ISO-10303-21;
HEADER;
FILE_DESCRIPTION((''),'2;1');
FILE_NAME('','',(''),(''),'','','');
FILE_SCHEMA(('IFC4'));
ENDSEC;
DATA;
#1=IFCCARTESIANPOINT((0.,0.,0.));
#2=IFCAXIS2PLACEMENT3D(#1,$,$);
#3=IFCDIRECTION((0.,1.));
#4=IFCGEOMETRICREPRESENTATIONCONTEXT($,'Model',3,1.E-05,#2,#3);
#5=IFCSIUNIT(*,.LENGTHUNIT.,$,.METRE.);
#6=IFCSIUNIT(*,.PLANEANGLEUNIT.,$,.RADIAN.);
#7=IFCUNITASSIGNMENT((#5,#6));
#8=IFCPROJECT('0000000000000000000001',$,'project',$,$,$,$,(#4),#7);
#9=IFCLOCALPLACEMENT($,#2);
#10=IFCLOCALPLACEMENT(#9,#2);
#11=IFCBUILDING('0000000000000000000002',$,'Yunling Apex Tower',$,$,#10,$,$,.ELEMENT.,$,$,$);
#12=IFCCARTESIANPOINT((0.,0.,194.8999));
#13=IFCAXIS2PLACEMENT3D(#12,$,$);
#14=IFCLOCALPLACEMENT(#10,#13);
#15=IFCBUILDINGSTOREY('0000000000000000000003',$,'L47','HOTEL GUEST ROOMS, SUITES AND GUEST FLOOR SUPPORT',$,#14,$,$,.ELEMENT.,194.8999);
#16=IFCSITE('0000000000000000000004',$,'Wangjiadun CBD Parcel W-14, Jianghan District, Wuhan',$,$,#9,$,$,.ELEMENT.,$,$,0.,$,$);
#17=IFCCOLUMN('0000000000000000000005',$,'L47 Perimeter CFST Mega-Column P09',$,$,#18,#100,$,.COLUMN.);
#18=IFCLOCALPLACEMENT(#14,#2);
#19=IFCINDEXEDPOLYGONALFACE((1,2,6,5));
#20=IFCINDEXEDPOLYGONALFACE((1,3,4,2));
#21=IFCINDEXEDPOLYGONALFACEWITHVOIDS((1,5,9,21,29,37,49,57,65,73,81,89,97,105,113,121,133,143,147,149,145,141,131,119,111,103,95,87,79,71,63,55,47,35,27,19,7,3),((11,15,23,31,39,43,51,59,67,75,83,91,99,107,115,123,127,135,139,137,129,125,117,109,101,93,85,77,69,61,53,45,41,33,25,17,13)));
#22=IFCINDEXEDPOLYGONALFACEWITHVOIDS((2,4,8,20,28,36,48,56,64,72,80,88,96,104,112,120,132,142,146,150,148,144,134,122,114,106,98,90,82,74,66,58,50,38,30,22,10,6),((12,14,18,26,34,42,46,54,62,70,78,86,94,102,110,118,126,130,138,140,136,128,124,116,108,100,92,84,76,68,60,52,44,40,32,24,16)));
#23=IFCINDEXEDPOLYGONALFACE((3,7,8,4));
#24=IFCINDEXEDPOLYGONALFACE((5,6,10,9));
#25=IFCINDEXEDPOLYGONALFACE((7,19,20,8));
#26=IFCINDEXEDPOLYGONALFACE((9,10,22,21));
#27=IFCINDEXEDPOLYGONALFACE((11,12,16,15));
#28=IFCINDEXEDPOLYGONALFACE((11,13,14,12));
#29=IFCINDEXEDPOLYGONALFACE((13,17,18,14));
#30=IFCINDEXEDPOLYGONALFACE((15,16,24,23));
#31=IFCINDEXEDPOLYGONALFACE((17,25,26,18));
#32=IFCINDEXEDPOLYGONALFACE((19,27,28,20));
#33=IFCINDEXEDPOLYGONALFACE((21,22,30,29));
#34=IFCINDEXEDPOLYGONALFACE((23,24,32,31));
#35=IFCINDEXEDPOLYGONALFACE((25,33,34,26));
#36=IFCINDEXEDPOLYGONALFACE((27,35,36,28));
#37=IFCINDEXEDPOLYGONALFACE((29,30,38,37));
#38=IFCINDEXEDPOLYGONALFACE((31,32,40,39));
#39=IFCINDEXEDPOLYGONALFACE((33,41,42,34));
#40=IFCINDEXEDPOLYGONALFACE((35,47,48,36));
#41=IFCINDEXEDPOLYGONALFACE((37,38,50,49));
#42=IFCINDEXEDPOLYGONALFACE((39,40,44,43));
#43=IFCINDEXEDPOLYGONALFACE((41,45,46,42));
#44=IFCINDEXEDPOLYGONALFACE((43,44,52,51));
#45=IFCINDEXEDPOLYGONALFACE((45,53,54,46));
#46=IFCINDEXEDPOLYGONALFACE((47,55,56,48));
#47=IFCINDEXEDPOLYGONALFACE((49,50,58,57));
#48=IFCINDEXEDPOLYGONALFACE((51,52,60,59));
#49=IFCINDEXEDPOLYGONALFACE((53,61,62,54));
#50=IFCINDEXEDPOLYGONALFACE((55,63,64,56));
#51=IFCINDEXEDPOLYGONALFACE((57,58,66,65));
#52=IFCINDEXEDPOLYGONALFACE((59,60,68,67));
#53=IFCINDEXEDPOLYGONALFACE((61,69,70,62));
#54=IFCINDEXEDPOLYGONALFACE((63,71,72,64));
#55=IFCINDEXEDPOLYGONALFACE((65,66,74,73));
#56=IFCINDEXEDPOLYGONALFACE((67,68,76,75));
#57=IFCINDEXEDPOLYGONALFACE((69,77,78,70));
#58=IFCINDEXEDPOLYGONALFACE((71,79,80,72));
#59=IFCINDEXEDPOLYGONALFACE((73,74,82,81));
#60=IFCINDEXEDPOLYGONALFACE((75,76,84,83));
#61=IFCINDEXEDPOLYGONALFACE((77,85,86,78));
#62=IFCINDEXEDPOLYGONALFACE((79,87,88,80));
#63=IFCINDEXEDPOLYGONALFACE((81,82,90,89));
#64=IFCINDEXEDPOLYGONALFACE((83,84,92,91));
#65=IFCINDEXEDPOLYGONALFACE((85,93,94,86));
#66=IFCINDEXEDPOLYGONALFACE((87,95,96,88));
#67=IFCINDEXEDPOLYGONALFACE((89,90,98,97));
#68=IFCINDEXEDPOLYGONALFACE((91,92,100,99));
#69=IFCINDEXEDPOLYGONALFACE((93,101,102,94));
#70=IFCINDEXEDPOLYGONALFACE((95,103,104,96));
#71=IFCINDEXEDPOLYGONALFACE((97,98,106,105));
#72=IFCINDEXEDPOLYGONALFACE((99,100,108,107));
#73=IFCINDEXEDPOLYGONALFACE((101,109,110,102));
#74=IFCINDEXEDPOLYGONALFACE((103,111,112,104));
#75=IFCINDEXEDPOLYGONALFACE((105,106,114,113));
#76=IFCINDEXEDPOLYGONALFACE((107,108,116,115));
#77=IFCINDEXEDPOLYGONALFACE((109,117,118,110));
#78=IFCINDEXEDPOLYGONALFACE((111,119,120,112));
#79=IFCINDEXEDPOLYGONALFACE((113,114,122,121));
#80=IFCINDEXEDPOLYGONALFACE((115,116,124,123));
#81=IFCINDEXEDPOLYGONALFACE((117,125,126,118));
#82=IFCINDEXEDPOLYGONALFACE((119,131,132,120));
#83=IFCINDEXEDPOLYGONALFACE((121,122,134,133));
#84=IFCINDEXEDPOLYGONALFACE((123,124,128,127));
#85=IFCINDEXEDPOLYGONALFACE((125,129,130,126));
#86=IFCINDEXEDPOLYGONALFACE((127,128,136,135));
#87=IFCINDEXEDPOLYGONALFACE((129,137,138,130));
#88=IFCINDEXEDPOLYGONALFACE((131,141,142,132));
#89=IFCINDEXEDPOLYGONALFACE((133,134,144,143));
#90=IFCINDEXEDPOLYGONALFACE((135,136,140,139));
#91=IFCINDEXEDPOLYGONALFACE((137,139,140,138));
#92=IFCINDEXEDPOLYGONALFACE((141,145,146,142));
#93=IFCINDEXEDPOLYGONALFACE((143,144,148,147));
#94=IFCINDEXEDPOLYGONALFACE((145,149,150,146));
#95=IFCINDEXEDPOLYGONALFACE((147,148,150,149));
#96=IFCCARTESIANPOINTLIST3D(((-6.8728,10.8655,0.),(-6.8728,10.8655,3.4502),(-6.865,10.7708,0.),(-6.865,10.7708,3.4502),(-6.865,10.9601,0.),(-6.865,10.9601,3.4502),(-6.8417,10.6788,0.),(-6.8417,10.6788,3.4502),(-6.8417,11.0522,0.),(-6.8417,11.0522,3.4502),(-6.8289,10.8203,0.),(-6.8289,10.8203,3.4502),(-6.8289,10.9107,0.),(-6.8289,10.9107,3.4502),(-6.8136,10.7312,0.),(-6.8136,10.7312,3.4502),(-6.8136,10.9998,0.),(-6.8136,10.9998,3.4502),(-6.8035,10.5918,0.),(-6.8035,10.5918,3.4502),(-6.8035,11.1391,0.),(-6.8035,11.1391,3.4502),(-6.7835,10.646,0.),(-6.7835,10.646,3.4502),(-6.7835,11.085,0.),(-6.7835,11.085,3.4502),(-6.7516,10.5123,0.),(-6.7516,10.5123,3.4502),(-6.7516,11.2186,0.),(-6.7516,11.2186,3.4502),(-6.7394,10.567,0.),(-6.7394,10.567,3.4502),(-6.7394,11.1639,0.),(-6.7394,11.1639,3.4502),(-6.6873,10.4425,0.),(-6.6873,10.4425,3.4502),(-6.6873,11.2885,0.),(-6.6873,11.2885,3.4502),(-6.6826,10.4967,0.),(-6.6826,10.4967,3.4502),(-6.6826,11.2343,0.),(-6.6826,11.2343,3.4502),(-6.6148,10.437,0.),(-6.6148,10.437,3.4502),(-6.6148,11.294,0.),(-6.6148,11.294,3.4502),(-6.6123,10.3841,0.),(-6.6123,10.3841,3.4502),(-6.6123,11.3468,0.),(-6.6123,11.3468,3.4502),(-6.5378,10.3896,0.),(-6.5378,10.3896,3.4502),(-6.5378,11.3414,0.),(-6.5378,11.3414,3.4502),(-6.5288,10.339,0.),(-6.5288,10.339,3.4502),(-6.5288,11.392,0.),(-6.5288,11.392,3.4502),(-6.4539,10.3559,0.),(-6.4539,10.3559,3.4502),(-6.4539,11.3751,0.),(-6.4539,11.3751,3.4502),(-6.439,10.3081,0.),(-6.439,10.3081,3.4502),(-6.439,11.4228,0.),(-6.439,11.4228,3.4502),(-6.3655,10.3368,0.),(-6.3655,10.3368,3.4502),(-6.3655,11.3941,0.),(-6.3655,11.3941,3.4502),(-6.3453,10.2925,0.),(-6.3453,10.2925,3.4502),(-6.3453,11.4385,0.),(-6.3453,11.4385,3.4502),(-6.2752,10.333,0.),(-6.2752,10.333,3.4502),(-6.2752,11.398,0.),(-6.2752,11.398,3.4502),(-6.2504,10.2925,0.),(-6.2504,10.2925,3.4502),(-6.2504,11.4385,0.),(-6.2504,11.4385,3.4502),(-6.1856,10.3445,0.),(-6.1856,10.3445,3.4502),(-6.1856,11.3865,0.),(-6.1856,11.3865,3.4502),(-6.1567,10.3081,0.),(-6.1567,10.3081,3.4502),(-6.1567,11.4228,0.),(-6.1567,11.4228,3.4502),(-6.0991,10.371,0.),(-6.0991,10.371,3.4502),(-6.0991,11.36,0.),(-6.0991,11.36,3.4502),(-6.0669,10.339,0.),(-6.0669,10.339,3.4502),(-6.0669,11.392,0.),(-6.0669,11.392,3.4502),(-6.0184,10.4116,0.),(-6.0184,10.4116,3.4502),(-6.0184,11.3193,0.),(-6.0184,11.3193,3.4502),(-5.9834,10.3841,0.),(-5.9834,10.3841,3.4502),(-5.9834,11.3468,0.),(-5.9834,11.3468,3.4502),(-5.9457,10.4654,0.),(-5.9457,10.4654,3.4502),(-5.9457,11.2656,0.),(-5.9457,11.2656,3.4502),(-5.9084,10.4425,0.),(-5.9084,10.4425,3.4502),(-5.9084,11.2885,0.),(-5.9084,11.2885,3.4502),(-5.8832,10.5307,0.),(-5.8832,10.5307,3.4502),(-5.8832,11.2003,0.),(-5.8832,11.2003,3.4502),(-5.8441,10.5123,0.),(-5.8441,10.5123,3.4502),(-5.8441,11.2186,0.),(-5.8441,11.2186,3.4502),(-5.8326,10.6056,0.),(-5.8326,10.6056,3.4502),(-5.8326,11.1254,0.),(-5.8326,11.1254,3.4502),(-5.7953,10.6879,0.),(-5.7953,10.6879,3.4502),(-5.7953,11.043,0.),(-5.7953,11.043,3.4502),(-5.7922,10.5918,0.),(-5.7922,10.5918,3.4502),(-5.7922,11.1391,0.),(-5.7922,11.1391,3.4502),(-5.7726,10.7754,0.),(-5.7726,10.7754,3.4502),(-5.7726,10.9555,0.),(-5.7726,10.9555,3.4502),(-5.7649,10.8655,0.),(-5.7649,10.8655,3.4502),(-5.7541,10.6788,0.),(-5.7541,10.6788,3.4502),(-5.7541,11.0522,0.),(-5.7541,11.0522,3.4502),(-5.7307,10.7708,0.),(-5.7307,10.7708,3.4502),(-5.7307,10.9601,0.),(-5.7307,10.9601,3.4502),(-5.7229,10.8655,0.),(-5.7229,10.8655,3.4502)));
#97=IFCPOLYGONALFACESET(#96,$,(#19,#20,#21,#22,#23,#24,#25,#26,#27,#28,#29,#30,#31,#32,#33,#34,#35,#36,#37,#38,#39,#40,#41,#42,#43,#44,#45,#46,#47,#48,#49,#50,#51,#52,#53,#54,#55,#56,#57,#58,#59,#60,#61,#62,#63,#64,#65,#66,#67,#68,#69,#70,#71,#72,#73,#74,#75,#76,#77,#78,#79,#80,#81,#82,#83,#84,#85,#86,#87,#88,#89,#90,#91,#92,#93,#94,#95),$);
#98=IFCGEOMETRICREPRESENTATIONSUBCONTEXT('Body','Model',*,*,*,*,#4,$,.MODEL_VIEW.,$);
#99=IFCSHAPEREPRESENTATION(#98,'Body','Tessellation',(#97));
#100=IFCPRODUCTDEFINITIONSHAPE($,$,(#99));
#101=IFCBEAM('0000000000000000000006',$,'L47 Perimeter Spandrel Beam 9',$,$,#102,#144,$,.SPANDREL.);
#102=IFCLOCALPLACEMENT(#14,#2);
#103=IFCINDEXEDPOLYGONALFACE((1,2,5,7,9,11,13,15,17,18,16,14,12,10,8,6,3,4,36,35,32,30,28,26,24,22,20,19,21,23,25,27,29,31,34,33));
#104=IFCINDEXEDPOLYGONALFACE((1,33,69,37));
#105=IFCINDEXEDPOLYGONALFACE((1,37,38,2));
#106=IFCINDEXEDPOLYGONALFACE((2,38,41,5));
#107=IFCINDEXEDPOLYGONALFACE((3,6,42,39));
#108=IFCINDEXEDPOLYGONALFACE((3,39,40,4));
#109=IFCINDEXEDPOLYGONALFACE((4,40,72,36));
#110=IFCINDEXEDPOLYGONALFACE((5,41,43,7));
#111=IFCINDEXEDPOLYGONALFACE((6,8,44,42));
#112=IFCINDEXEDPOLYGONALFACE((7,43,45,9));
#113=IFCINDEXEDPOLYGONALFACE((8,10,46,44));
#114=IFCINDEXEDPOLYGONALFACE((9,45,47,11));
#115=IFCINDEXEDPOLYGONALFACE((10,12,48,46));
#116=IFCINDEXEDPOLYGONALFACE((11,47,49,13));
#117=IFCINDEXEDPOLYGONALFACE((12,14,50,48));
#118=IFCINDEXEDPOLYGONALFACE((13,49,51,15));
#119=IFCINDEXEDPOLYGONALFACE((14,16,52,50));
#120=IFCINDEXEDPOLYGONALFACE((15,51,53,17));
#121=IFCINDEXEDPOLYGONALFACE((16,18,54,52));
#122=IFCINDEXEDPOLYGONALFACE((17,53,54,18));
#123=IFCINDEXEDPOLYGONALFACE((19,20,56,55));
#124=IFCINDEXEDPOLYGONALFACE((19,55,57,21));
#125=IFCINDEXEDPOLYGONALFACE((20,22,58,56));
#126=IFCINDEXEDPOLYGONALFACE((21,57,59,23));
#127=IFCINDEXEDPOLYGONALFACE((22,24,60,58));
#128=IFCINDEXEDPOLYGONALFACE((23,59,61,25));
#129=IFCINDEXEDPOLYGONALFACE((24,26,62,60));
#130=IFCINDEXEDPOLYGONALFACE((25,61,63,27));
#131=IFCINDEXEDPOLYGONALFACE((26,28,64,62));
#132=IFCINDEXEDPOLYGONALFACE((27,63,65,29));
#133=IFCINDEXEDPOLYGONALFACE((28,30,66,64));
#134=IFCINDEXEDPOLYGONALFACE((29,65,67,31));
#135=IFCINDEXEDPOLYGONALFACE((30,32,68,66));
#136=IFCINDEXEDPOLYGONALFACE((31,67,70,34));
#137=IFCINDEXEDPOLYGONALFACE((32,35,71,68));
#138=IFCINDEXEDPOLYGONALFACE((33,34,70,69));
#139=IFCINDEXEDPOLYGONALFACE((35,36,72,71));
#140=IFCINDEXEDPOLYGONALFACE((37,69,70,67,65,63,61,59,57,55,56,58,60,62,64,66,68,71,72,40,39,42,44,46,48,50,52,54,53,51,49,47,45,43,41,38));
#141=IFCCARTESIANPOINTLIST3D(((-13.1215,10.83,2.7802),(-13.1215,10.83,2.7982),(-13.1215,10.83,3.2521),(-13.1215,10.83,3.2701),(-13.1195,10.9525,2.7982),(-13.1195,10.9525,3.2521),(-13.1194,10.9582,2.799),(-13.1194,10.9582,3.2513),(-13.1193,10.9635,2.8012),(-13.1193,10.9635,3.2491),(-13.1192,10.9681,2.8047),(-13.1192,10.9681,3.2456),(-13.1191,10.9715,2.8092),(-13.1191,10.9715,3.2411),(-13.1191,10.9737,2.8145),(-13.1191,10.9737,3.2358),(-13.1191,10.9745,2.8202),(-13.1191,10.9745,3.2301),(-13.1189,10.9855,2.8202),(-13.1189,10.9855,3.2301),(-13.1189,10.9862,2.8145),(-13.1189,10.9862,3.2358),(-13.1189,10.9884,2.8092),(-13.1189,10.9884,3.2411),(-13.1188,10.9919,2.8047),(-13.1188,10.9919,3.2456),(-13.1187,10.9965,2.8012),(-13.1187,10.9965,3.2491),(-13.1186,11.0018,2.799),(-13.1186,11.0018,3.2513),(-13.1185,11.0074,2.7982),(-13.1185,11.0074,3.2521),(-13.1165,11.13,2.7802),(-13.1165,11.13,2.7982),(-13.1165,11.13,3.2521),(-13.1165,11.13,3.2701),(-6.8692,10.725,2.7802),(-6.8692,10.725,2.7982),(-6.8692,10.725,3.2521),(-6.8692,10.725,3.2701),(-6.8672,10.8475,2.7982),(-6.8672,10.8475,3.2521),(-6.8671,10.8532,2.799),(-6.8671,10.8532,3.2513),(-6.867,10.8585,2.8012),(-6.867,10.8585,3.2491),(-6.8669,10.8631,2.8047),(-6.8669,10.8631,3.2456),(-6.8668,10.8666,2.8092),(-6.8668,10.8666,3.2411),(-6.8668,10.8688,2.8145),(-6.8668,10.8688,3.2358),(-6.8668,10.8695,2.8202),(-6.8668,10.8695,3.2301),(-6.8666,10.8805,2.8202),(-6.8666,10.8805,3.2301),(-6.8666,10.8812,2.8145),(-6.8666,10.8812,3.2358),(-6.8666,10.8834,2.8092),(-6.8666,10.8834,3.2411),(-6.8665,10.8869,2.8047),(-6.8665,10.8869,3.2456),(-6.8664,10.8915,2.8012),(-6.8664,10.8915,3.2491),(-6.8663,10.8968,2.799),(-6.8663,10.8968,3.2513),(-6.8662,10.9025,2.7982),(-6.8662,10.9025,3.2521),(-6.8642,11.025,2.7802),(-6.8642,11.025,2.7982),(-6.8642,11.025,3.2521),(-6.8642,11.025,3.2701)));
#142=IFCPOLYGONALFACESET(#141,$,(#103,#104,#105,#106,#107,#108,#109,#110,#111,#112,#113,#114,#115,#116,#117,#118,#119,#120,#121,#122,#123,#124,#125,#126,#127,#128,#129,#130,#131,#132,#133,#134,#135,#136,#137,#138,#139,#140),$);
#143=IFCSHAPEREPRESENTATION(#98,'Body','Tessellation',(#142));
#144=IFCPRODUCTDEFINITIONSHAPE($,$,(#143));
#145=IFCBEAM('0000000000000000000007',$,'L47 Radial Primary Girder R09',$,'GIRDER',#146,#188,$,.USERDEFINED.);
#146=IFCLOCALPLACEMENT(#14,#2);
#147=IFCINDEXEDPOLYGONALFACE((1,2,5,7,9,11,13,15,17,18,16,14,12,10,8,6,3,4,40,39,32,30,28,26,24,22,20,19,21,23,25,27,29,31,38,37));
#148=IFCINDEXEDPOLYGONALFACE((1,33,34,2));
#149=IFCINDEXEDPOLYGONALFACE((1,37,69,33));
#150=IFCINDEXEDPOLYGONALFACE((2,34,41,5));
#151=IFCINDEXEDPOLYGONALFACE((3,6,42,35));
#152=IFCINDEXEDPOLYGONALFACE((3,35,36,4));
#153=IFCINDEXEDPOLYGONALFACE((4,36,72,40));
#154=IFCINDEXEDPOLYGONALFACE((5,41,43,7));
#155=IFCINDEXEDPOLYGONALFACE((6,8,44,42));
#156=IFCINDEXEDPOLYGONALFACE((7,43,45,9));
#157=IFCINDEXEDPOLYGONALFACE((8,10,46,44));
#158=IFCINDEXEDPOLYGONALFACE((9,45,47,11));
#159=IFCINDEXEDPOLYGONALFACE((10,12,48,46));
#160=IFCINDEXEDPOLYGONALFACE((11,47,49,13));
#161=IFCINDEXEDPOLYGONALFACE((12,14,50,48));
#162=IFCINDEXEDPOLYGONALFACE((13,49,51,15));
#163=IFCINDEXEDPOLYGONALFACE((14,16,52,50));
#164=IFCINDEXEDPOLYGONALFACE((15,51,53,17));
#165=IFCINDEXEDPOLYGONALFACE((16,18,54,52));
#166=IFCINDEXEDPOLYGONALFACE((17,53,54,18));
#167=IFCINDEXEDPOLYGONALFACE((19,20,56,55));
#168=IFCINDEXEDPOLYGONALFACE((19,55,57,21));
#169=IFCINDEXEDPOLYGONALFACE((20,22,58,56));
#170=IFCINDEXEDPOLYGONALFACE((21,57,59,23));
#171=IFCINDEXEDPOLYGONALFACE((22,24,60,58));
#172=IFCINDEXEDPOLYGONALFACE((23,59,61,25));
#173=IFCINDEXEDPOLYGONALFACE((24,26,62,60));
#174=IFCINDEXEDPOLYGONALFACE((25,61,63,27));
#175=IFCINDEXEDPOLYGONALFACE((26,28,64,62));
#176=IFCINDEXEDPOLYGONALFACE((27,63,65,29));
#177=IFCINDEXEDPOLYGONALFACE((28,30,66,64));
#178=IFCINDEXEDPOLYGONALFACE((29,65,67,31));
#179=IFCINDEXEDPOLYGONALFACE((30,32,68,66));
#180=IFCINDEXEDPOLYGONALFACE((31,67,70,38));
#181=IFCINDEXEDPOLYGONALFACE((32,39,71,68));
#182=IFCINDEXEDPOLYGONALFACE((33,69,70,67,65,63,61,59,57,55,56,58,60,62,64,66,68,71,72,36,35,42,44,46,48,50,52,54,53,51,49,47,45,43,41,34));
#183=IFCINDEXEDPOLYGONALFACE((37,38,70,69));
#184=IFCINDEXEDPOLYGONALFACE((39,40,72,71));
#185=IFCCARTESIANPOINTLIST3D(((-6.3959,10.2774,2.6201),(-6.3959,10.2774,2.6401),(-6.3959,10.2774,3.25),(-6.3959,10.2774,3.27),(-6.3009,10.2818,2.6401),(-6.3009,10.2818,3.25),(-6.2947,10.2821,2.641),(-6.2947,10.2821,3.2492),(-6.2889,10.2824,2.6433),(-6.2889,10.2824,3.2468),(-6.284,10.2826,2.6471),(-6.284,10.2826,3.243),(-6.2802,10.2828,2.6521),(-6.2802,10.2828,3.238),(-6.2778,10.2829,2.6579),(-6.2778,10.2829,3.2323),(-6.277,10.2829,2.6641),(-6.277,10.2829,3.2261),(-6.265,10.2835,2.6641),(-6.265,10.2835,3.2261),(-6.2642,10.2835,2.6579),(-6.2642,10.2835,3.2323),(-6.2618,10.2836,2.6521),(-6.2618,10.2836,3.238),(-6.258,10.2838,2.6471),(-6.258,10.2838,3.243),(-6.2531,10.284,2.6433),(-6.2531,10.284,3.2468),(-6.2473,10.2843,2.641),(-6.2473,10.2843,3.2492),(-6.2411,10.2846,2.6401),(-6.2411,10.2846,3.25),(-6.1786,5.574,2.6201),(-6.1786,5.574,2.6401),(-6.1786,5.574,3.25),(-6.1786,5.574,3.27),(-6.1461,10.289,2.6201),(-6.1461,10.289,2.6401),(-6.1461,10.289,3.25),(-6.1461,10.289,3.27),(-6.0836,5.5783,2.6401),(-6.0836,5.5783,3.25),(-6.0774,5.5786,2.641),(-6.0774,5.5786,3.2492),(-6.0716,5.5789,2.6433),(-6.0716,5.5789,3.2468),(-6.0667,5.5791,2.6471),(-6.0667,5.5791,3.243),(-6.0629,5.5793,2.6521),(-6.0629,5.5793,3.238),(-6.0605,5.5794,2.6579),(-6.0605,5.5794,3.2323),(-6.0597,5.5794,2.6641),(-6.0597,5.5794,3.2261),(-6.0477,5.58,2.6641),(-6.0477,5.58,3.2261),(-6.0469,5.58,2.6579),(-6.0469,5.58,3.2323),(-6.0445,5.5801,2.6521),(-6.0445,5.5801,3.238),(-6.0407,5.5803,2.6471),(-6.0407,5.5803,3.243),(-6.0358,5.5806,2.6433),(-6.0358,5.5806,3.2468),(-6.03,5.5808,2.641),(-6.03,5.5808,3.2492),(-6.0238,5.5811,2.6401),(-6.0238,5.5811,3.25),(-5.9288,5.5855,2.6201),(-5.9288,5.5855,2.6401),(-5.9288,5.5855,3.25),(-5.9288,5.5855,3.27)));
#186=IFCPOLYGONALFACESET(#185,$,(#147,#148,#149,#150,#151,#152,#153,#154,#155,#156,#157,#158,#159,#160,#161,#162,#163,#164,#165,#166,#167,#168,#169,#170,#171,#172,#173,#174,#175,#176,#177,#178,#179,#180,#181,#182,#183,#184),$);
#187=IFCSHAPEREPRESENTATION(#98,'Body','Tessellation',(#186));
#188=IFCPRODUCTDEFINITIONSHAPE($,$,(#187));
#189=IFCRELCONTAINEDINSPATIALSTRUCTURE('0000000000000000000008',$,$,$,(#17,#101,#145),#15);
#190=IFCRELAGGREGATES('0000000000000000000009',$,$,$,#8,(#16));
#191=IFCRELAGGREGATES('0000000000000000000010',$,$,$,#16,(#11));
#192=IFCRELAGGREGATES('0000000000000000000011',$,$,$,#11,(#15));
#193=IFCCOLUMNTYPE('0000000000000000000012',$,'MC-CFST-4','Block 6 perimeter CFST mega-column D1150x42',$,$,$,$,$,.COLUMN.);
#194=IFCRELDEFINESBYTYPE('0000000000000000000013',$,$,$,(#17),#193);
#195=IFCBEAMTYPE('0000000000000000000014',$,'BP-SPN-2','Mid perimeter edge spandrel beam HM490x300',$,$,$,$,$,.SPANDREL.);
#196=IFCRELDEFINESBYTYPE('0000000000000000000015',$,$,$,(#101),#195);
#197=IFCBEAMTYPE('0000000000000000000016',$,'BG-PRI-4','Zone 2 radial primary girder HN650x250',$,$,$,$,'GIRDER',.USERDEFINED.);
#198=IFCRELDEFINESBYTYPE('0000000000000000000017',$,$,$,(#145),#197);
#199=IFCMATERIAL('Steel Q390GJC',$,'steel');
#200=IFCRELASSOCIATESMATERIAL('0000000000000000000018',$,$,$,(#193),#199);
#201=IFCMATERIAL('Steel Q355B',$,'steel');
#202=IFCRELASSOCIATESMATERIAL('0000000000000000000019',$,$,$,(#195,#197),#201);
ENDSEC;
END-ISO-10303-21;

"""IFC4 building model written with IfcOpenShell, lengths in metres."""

from ifc_helpers import new_model, si_unit, direction, frame, origin, origin_2d, place, context, subcontext, project, spatial, hollow_circle, i_section, extrude, source, transform, mapped, material, material_profile, profile_set, type_object, element, save


model = new_model("IFC4")

# Units and contexts
model_context = context("Model", 3, precision=1e-05, world=origin(), true_north=direction((0.0, 1.0)))
body_context = subcontext(model_context, "Body", "Model", "MODEL_VIEW")
ifc_project = project(units=[si_unit("LENGTHUNIT", "METRE"), si_unit("PLANEANGLEUNIT", "RADIAN")], contexts=[model_context])

# Site, building, storey
site_placement = place(None, origin())
site = spatial("IfcSite", under=ifc_project, at=site_placement, Name="Wangjiadun CBD Parcel W-14, Jianghan District, Wuhan", CompositionType="ELEMENT", RefElevation=0.0)
building_placement = place(site_placement, origin())
building = spatial("IfcBuilding", under=site, at=building_placement, Name="Yunling Apex Tower", CompositionType="ELEMENT")
storey_placement = place(building_placement, frame((0.0, 0.0, 194.8999)))
storey = spatial("IfcBuildingStorey", under=building, at=storey_placement, Name="L47", Description="HOTEL GUEST ROOMS, SUITES AND GUEST FLOOR SUPPORT", CompositionType="ELEMENT", Elevation=194.8999)

# Column
ifc_material_1 = material(Name="Steel Q390GJC", Category="steel")
ifc_material_profile_1 = material_profile(ifc_material_1, hollow_circle(Radius=0.575, WallThickness=0.042, at=origin_2d()))
ifc_profile_set_1 = profile_set([ifc_material_profile_1], Name="Steel Q390GJC")
column_type = type_object("IfcColumnType", Name="MC-CFST-4", Description="Block 6 perimeter CFST mega-column D1150x42", PredefinedType="COLUMN", material=ifc_profile_set_1)
shared_shape_1 = source(origin(), body_context, "Body", "SweptSolid", [
    extrude(hollow_circle(Radius=0.575, WallThickness=0.042, at=origin_2d()), origin(), (0.0, 0.0, 1.0), 3.4502),
])
column_placement = place(storey_placement, frame((-6.2979, 10.8655, 0.0), z_axis=(0.0, 0.0, 1.0), x_axis=(1.0, 0.0, 0.0)))
element("IfcColumn", 1, at=column_placement, inside=storey, type_object=column_type, Name="L47 Perimeter CFST Mega-Column P09", PredefinedType="COLUMN", context=body_context, shape_type="MappedRepresentation", body=[
    mapped(shared_shape_1, transform((0.0, 0.0, 0.0), scale=1.0)),
])

# Beams
ifc_material_2 = material(Name="Steel Q355B", Category="steel")
ifc_material_profile_2 = material_profile(ifc_material_2, i_section(OverallWidth=0.3, OverallDepth=0.49, WebThickness=0.011, FlangeThickness=0.0181, FilletRadius=0.022, at=origin_2d()))
ifc_profile_set_2 = profile_set([ifc_material_profile_2], Name="Steel Q355B")
beam_type_1 = type_object("IfcBeamType", Name="BP-SPN-2", Description="Mid perimeter edge spandrel beam HM490x300", PredefinedType="SPANDREL", material=ifc_profile_set_2)
shared_shape_2 = source(origin(), body_context, "Body", "SweptSolid", [
    extrude(i_section(OverallWidth=0.3, OverallDepth=0.49, WebThickness=0.011, FlangeThickness=0.0181, FilletRadius=0.022, at=origin_2d()), origin(), (0.0, 0.0, 1.0), 6.2532),
])
beam_1_placement = place(storey_placement, frame((-6.8667, 10.875, 3.0251), z_axis=(-0.999859, 0.016789, 0.0), x_axis=(-0.016789, -0.999859, 0.0)))
element("IfcBeam", 2, at=beam_1_placement, inside=storey, type_object=beam_type_1, Name="L47 Perimeter Spandrel Beam 9", PredefinedType="SPANDREL", context=body_context, shape_type="MappedRepresentation", body=[
    mapped(shared_shape_2, transform((0.0, 0.0, 0.0), scale=1.0)),
])
ifc_material_profile_3 = material_profile(ifc_material_2, i_section(OverallWidth=0.25, OverallDepth=0.6499, WebThickness=0.012, FlangeThickness=0.02, FilletRadius=0.0239, at=origin_2d()))
ifc_profile_set_3 = profile_set([ifc_material_profile_3], Name="Steel Q355B")
beam_type_2 = type_object("IfcBeamType", Name="BG-PRI-4", Description="Zone 2 radial primary girder HN650x250", ElementType="GIRDER", PredefinedType="USERDEFINED", material=ifc_profile_set_3)
shared_shape_3 = source(origin(), body_context, "Body", "SweptSolid", [
    extrude(i_section(OverallWidth=0.25, OverallDepth=0.6499, WebThickness=0.012, FlangeThickness=0.02, FilletRadius=0.0239, at=origin_2d()), origin(), (0.0, 0.0, 1.0), 4.7085),
])
beam_2_placement = place(storey_placement, frame((-6.271, 10.2832, 2.9451), z_axis=(0.046149, -0.998935, 0.0), x_axis=(0.998935, 0.046149, 0.0)))
element("IfcBeam", 3, at=beam_2_placement, inside=storey, type_object=beam_type_2, Name="L47 Radial Primary Girder R09", ObjectType="GIRDER", PredefinedType="USERDEFINED", context=body_context, shape_type="MappedRepresentation", body=[
    mapped(shared_shape_3, transform((0.0, 0.0, 0.0), scale=1.0)),
])

save(model, "model.ifc")
